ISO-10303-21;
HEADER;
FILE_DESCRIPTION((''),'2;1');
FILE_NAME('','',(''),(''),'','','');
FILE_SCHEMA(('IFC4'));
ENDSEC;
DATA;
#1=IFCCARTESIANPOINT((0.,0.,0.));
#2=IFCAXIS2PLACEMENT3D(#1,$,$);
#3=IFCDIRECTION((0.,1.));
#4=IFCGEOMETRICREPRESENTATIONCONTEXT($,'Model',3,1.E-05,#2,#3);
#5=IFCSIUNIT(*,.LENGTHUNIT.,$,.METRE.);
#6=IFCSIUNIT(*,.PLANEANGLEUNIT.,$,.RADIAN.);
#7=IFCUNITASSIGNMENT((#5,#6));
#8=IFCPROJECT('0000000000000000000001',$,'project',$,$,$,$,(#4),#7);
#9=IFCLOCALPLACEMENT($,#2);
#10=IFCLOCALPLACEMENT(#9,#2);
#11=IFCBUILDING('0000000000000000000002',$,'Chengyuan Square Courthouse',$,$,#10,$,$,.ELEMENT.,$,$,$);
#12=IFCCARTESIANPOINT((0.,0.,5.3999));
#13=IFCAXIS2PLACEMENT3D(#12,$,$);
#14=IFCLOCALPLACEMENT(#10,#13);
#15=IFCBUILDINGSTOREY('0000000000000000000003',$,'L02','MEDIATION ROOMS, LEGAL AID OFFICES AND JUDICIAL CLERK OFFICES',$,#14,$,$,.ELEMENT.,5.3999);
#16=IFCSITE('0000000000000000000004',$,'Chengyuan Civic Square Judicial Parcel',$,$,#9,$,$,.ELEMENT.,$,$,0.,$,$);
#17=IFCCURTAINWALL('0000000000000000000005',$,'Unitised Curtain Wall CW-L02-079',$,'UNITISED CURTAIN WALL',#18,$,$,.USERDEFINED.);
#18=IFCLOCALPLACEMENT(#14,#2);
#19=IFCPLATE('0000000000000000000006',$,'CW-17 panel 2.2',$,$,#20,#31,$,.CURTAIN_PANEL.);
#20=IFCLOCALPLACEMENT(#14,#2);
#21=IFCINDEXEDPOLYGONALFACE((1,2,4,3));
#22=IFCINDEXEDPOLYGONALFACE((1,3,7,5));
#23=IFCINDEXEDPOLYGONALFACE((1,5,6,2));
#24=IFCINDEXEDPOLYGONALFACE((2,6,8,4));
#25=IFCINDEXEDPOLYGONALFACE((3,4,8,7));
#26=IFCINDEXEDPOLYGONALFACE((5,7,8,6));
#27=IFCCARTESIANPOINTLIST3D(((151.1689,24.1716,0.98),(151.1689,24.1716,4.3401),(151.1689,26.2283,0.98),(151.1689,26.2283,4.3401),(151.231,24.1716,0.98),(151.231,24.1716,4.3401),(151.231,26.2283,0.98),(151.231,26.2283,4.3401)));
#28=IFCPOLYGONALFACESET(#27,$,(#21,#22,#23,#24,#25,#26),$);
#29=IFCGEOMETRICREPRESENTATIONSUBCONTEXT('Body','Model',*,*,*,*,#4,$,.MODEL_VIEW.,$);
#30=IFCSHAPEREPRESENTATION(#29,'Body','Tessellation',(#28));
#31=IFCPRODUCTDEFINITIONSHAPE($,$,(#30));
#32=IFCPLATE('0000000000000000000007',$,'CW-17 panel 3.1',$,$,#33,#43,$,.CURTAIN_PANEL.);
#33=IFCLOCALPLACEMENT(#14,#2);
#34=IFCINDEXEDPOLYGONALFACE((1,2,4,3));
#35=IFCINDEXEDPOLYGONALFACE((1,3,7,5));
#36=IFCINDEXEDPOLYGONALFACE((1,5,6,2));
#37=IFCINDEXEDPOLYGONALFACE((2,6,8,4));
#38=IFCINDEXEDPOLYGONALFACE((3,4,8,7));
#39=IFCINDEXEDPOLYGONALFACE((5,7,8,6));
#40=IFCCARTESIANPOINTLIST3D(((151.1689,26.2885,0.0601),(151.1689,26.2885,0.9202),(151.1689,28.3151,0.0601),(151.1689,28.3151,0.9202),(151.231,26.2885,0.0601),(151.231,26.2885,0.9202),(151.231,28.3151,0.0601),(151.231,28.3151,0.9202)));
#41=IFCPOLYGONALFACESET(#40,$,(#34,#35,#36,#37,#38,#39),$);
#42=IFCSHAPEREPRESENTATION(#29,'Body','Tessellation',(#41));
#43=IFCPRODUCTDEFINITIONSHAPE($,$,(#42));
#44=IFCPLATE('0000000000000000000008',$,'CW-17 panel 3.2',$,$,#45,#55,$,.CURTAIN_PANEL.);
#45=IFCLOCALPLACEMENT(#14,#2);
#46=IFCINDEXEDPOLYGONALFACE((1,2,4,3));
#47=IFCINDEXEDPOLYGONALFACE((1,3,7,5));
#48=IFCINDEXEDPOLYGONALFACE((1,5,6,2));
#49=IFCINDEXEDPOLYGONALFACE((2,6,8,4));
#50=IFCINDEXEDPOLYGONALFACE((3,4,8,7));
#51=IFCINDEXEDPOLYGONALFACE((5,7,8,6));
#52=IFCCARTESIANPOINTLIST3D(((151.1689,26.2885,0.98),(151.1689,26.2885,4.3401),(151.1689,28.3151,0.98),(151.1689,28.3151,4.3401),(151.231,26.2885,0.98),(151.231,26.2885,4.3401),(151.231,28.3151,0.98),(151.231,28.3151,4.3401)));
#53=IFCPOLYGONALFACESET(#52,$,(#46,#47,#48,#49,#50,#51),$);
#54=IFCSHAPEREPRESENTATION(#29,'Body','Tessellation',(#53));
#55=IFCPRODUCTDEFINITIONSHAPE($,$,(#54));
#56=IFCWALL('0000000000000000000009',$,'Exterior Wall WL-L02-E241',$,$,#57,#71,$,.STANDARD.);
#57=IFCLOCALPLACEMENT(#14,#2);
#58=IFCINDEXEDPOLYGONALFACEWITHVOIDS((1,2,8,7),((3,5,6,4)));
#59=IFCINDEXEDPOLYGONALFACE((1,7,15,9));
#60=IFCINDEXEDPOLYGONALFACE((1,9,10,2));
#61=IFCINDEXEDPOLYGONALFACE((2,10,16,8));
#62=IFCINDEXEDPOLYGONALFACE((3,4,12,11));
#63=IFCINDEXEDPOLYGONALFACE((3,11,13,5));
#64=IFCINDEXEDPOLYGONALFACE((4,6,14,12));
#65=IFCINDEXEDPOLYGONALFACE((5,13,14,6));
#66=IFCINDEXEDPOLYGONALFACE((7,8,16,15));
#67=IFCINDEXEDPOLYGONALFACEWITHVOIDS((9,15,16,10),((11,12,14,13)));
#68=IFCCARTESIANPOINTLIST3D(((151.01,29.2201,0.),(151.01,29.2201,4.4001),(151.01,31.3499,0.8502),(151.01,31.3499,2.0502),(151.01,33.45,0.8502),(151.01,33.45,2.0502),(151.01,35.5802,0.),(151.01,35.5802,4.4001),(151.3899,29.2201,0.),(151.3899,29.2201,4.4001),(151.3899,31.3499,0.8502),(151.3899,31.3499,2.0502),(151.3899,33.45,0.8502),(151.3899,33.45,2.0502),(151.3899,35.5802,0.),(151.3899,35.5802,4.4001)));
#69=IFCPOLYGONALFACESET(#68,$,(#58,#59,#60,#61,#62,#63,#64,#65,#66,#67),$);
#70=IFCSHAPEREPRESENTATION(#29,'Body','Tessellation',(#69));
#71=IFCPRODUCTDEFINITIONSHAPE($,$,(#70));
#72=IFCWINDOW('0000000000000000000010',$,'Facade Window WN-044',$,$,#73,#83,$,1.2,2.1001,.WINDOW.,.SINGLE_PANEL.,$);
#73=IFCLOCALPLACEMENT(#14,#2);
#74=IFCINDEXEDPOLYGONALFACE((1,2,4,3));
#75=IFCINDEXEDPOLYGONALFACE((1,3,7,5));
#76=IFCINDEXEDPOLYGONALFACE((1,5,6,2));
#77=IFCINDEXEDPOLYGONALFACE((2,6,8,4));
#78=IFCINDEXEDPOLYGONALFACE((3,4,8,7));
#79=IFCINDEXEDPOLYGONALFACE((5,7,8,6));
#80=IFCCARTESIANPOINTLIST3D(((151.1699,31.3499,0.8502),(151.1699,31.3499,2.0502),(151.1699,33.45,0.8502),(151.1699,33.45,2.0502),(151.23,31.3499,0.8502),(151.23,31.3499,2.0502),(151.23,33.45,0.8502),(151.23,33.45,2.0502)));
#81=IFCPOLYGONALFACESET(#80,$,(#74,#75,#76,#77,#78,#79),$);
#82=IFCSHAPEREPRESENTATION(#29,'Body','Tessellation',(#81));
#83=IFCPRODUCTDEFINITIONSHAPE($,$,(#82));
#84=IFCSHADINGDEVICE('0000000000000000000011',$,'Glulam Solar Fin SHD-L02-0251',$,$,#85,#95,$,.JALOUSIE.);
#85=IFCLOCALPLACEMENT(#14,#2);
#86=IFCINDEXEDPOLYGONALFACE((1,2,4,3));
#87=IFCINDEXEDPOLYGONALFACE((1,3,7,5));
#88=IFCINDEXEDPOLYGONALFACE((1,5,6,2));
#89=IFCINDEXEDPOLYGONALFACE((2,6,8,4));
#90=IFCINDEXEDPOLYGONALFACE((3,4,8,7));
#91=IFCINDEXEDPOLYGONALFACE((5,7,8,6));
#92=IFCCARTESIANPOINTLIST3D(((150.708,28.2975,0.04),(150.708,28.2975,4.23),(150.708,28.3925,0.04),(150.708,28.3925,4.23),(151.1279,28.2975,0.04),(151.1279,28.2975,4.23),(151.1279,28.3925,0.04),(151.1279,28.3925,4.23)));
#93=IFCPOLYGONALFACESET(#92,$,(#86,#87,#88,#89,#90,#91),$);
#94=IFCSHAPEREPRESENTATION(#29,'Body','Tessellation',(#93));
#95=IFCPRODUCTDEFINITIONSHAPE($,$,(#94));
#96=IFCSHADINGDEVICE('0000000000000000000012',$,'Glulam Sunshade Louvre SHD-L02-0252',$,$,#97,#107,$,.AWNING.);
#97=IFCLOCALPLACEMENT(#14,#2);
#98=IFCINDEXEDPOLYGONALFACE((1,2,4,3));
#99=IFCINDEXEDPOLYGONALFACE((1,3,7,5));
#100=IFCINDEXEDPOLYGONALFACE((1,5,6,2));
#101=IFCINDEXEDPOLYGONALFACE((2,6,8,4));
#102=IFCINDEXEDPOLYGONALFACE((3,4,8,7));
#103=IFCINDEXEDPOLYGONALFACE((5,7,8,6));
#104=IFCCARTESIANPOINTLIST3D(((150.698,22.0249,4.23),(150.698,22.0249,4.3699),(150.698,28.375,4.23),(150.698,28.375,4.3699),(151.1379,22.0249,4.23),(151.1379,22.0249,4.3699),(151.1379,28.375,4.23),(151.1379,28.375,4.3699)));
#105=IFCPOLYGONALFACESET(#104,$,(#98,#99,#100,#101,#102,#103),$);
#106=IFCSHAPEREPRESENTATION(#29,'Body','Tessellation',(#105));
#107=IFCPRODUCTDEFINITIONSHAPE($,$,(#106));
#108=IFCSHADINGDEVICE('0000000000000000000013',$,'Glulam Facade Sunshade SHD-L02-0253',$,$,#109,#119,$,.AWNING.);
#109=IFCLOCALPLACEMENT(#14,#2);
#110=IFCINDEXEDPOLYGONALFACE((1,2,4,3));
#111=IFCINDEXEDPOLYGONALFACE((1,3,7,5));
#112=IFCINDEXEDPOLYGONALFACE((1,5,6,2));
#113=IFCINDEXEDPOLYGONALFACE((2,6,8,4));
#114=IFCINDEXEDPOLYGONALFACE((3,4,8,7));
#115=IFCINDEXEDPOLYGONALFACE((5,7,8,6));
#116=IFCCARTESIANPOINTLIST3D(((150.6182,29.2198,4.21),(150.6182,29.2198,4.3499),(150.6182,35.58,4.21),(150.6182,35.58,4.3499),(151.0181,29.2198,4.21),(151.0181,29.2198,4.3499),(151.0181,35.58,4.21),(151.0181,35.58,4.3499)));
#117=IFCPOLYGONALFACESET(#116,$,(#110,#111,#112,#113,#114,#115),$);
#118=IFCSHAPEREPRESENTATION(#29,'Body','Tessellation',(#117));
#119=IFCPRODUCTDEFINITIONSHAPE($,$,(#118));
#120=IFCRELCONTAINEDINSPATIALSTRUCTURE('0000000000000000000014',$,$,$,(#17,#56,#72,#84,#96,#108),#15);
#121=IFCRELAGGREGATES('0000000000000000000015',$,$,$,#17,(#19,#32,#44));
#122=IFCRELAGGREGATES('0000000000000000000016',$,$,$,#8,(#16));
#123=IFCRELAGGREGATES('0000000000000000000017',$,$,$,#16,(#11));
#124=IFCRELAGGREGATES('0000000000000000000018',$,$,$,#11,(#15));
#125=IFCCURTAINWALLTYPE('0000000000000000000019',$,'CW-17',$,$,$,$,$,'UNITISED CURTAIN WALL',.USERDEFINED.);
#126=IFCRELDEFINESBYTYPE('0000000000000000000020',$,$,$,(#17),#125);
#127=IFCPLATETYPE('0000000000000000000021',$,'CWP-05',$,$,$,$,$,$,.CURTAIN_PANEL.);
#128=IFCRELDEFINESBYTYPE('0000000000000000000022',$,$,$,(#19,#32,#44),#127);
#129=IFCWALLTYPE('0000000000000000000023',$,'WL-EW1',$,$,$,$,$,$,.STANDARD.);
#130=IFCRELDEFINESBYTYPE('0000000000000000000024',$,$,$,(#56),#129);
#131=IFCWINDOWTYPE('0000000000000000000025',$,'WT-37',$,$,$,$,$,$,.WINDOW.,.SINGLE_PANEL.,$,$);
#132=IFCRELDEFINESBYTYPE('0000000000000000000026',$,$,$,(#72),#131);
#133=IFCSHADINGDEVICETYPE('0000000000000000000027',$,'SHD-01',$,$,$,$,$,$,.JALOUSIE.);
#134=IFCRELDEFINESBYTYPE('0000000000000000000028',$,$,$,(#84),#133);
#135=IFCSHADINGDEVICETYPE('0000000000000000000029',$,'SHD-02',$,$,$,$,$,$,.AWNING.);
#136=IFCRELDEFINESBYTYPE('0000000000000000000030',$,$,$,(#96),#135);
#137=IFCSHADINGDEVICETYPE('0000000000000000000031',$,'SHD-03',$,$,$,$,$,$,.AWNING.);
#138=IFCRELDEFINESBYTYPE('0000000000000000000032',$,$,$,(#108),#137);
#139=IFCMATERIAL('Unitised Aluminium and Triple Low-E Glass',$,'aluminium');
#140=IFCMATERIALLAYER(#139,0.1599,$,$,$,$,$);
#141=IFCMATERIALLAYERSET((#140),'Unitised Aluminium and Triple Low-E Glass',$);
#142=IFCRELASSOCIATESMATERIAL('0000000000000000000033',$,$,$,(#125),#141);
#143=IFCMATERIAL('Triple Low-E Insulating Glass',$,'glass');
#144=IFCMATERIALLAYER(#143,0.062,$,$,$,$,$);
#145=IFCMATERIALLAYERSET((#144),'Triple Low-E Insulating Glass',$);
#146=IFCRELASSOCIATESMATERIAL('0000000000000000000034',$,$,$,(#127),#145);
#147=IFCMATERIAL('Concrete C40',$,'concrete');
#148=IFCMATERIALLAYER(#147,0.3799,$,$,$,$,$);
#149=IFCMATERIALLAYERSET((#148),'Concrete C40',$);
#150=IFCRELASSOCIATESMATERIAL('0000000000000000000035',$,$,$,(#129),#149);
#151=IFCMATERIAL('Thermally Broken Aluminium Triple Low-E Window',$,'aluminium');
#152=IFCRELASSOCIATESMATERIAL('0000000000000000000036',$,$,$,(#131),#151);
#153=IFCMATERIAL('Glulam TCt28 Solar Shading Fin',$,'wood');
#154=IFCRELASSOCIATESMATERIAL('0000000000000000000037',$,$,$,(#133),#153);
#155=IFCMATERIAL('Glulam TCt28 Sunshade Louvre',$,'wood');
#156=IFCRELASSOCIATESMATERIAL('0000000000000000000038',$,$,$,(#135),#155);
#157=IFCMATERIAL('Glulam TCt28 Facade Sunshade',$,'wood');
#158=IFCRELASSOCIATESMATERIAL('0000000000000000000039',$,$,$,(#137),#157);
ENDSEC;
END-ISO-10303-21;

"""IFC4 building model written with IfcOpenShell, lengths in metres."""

from ifc_helpers import new_model, si_unit, direction, frame, frame_2d, origin, origin_2d, place, context, subcontext, project, spatial, rectangle, extrude, material, layer, layer_set, type_object, element, fill, aggregate, save


model = new_model("IFC4")

# Units and contexts
model_context = context("Model", 3, precision=1e-05, world=origin(), true_north=direction((0.0, 1.0)))
body_context = subcontext(model_context, "Body", "Model", "MODEL_VIEW")
ifc_project = project(units=[si_unit("LENGTHUNIT", "METRE"), si_unit("PLANEANGLEUNIT", "RADIAN")], contexts=[model_context])

# Site, building, storey
site_placement = place(None, origin())
site = spatial("IfcSite", under=ifc_project, at=site_placement, Name="Chengyuan Civic Square Judicial Parcel", CompositionType="ELEMENT", RefElevation=0.0)
building_placement = place(site_placement, origin())
building = spatial("IfcBuilding", under=site, at=building_placement, Name="Chengyuan Square Courthouse", CompositionType="ELEMENT")
storey_placement = place(building_placement, frame((0.0, 0.0, 5.3999)))
storey = spatial("IfcBuildingStorey", under=building, at=storey_placement, Name="L02", Description="MEDIATION ROOMS, LEGAL AID OFFICES AND JUDICIAL CLERK OFFICES", CompositionType="ELEMENT", Elevation=5.3999)

# Shared definitions
ifc_material_1 = material(Name="Concrete C40", Category="concrete")

# Curtain wall
ifc_material_2 = material(Name="Unitised Aluminium and Triple Low-E Glass", Category="aluminium")
ifc_layer_1 = layer(ifc_material_2, 0.1599)
ifc_layer_set_1 = layer_set([ifc_layer_1], Name="Unitised Aluminium and Triple Low-E Glass")
curtain_wall_type = type_object("IfcCurtainWallType", Name="CW-17", ElementType="UNITISED CURTAIN WALL", PredefinedType="USERDEFINED", material=ifc_layer_set_1)
curtain_wall_placement = place(storey_placement, origin())
curtain_wall = element("IfcCurtainWall", 1, at=curtain_wall_placement, inside=storey, type_object=curtain_wall_type, Name="Unitised Curtain Wall CW-L02-079", ObjectType="UNITISED CURTAIN WALL", PredefinedType="USERDEFINED")

# Plates
ifc_material_3 = material(Name="Triple Low-E Insulating Glass", Category="glass")
ifc_layer_2 = layer(ifc_material_3, 0.062)
ifc_layer_set_2 = layer_set([ifc_layer_2], Name="Triple Low-E Insulating Glass")
plate_type = type_object("IfcPlateType", Name="CWP-05", PredefinedType="CURTAIN_PANEL", material=ifc_layer_set_2)
plate_1_placement = place(storey_placement, frame((151.2, 25.2, 0.98), z_axis=(0.0, 0.0, 1.0), x_axis=(0.0, 1.0, 0.0)))
plate_1 = element("IfcPlate", 2, at=plate_1_placement, type_object=plate_type, Name="CW-17 panel 2.2", PredefinedType="CURTAIN_PANEL", context=body_context, shape_type="SweptSolid", body=[
    extrude(rectangle(XDim=2.0566, YDim=0.062, at=origin_2d()), origin(), (0.0, 0.0, 1.0), 3.3601),
])
plate_2_placement = place(storey_placement, frame((151.2, 27.3018, 0.0601), z_axis=(0.0, 0.0, 1.0), x_axis=(0.0, 1.0, 0.0)))
plate_2 = element("IfcPlate", 3, at=plate_2_placement, type_object=plate_type, Name="CW-17 panel 3.1", PredefinedType="CURTAIN_PANEL", context=body_context, shape_type="SweptSolid", body=[
    extrude(rectangle(XDim=2.0266, YDim=0.062, at=origin_2d()), origin(), (0.0, 0.0, 1.0), 0.8601),
])
plate_3_placement = place(storey_placement, frame((151.2, 27.3018, 0.98), z_axis=(0.0, 0.0, 1.0), x_axis=(0.0, 1.0, 0.0)))
plate_3 = element("IfcPlate", 4, at=plate_3_placement, type_object=plate_type, Name="CW-17 panel 3.2", PredefinedType="CURTAIN_PANEL", context=body_context, shape_type="SweptSolid", body=[
    extrude(rectangle(XDim=2.0266, YDim=0.062, at=origin_2d()), origin(), (0.0, 0.0, 1.0), 3.3601),
])
aggregate(curtain_wall, [plate_1, plate_2, plate_3])

# Wall, opening, window
ifc_layer_3 = layer(ifc_material_1, 0.3799)
ifc_layer_set_3 = layer_set([ifc_layer_3], Name="Concrete C40")
wall_type = type_object("IfcWallType", Name="WL-EW1", PredefinedType="STANDARD", material=ifc_layer_set_3)
wall_placement = place(storey_placement, frame((151.2, 29.22, 0.0), z_axis=(0.0, 0.0, 1.0), x_axis=(0.0, 1.0, 0.0)))
wall = element("IfcWall", 5, at=wall_placement, inside=storey, type_object=wall_type, Name="Exterior Wall WL-L02-E241", PredefinedType="STANDARD", context=body_context, shape_type="SweptSolid", body=[
    extrude(rectangle(XDim=6.3601, YDim=0.3799, at=frame_2d((3.1802, 0.0))), origin(), (0.0, 0.0, 1.0), 4.4001),
])
opening_placement = place(wall_placement, frame((2.1299, 0.0, 0.8501)))
opening = element("IfcOpeningElement", 6, at=opening_placement, cuts=wall, PredefinedType="OPENING", context=body_context, shape_type="SweptSolid", body=[
    extrude(rectangle(XDim=2.1001, YDim=1.2, at=frame_2d((1.05, 0.6001))), frame((0.0, 0.2019, 0.0), z_axis=(0.0, -1.0, 0.0), x_axis=(1.0, 0.0, 0.0)), (0.0, 0.0, 1.0), 0.4038),
])
ifc_material_4 = material(Name="Thermally Broken Aluminium Triple Low-E Window", Category="aluminium")
window_type = type_object("IfcWindowType", Name="WT-37", PartitioningType="SINGLE_PANEL", PredefinedType="WINDOW", material=ifc_material_4)
window_placement = place(opening_placement, origin())
window = element("IfcWindow", 7, at=window_placement, inside=storey, type_object=window_type, Name="Facade Window WN-044", OverallHeight=1.2, OverallWidth=2.1001, PartitioningType="SINGLE_PANEL", PredefinedType="WINDOW", context=body_context, shape_type="SweptSolid", body=[
    extrude(rectangle(XDim=2.1001, YDim=1.2, at=frame_2d((1.05, 0.6001))), frame((0.0, 0.03, 0.0), z_axis=(0.0, -1.0, 0.0), x_axis=(1.0, 0.0, 0.0)), (0.0, 0.0, 1.0), 0.0601),
])
fill(opening, window)

# Shading devices
ifc_material_5 = material(Name="Glulam TCt28 Solar Shading Fin", Category="wood")
shading_device_type_1 = type_object("IfcShadingDeviceType", Name="SHD-01", PredefinedType="JALOUSIE", material=ifc_material_5)
shading_device_1_placement = place(storey_placement, frame((150.918, 28.345, 0.04), z_axis=(0.0, 0.0, 1.0), x_axis=(1.0, 0.0, 0.0)))
element("IfcShadingDevice", 8, at=shading_device_1_placement, inside=storey, type_object=shading_device_type_1, Name="Glulam Solar Fin SHD-L02-0251", PredefinedType="JALOUSIE", context=body_context, shape_type="SweptSolid", body=[
    extrude(rectangle(XDim=0.4199, YDim=0.095, at=origin_2d()), origin(), (0.0, 0.0, 1.0), 4.1899),
])
ifc_material_6 = material(Name="Glulam TCt28 Sunshade Louvre", Category="wood")
shading_device_type_2 = type_object("IfcShadingDeviceType", Name="SHD-02", PredefinedType="AWNING", material=ifc_material_6)
shading_device_2_placement = place(storey_placement, frame((150.918, 25.2, 4.23), z_axis=(0.0, 0.0, 1.0), x_axis=(0.0, 1.0, 0.0)))
element("IfcShadingDevice", 9, at=shading_device_2_placement, inside=storey, type_object=shading_device_type_2, Name="Glulam Sunshade Louvre SHD-L02-0252", PredefinedType="AWNING", context=body_context, shape_type="SweptSolid", body=[
    extrude(rectangle(XDim=6.3501, YDim=0.4399, at=origin_2d()), origin(), (0.0, 0.0, 1.0), 0.1399),
])
ifc_material_7 = material(Name="Glulam TCt28 Facade Sunshade", Category="wood")
shading_device_type_3 = type_object("IfcShadingDeviceType", Name="SHD-03", PredefinedType="AWNING", material=ifc_material_7)
shading_device_3_placement = place(storey_placement, frame((150.8181, 32.3999, 4.21), z_axis=(0.0, 0.0, 1.0), x_axis=(0.0, 1.0, 0.0)))
element("IfcShadingDevice", 10, at=shading_device_3_placement, inside=storey, type_object=shading_device_type_3, Name="Glulam Facade Sunshade SHD-L02-0253", PredefinedType="AWNING", context=body_context, shape_type="SweptSolid", body=[
    extrude(rectangle(XDim=6.3601, YDim=0.3999, at=origin_2d()), origin(), (0.0, 0.0, 1.0), 0.1399),
])

save(model, "model.ifc")
